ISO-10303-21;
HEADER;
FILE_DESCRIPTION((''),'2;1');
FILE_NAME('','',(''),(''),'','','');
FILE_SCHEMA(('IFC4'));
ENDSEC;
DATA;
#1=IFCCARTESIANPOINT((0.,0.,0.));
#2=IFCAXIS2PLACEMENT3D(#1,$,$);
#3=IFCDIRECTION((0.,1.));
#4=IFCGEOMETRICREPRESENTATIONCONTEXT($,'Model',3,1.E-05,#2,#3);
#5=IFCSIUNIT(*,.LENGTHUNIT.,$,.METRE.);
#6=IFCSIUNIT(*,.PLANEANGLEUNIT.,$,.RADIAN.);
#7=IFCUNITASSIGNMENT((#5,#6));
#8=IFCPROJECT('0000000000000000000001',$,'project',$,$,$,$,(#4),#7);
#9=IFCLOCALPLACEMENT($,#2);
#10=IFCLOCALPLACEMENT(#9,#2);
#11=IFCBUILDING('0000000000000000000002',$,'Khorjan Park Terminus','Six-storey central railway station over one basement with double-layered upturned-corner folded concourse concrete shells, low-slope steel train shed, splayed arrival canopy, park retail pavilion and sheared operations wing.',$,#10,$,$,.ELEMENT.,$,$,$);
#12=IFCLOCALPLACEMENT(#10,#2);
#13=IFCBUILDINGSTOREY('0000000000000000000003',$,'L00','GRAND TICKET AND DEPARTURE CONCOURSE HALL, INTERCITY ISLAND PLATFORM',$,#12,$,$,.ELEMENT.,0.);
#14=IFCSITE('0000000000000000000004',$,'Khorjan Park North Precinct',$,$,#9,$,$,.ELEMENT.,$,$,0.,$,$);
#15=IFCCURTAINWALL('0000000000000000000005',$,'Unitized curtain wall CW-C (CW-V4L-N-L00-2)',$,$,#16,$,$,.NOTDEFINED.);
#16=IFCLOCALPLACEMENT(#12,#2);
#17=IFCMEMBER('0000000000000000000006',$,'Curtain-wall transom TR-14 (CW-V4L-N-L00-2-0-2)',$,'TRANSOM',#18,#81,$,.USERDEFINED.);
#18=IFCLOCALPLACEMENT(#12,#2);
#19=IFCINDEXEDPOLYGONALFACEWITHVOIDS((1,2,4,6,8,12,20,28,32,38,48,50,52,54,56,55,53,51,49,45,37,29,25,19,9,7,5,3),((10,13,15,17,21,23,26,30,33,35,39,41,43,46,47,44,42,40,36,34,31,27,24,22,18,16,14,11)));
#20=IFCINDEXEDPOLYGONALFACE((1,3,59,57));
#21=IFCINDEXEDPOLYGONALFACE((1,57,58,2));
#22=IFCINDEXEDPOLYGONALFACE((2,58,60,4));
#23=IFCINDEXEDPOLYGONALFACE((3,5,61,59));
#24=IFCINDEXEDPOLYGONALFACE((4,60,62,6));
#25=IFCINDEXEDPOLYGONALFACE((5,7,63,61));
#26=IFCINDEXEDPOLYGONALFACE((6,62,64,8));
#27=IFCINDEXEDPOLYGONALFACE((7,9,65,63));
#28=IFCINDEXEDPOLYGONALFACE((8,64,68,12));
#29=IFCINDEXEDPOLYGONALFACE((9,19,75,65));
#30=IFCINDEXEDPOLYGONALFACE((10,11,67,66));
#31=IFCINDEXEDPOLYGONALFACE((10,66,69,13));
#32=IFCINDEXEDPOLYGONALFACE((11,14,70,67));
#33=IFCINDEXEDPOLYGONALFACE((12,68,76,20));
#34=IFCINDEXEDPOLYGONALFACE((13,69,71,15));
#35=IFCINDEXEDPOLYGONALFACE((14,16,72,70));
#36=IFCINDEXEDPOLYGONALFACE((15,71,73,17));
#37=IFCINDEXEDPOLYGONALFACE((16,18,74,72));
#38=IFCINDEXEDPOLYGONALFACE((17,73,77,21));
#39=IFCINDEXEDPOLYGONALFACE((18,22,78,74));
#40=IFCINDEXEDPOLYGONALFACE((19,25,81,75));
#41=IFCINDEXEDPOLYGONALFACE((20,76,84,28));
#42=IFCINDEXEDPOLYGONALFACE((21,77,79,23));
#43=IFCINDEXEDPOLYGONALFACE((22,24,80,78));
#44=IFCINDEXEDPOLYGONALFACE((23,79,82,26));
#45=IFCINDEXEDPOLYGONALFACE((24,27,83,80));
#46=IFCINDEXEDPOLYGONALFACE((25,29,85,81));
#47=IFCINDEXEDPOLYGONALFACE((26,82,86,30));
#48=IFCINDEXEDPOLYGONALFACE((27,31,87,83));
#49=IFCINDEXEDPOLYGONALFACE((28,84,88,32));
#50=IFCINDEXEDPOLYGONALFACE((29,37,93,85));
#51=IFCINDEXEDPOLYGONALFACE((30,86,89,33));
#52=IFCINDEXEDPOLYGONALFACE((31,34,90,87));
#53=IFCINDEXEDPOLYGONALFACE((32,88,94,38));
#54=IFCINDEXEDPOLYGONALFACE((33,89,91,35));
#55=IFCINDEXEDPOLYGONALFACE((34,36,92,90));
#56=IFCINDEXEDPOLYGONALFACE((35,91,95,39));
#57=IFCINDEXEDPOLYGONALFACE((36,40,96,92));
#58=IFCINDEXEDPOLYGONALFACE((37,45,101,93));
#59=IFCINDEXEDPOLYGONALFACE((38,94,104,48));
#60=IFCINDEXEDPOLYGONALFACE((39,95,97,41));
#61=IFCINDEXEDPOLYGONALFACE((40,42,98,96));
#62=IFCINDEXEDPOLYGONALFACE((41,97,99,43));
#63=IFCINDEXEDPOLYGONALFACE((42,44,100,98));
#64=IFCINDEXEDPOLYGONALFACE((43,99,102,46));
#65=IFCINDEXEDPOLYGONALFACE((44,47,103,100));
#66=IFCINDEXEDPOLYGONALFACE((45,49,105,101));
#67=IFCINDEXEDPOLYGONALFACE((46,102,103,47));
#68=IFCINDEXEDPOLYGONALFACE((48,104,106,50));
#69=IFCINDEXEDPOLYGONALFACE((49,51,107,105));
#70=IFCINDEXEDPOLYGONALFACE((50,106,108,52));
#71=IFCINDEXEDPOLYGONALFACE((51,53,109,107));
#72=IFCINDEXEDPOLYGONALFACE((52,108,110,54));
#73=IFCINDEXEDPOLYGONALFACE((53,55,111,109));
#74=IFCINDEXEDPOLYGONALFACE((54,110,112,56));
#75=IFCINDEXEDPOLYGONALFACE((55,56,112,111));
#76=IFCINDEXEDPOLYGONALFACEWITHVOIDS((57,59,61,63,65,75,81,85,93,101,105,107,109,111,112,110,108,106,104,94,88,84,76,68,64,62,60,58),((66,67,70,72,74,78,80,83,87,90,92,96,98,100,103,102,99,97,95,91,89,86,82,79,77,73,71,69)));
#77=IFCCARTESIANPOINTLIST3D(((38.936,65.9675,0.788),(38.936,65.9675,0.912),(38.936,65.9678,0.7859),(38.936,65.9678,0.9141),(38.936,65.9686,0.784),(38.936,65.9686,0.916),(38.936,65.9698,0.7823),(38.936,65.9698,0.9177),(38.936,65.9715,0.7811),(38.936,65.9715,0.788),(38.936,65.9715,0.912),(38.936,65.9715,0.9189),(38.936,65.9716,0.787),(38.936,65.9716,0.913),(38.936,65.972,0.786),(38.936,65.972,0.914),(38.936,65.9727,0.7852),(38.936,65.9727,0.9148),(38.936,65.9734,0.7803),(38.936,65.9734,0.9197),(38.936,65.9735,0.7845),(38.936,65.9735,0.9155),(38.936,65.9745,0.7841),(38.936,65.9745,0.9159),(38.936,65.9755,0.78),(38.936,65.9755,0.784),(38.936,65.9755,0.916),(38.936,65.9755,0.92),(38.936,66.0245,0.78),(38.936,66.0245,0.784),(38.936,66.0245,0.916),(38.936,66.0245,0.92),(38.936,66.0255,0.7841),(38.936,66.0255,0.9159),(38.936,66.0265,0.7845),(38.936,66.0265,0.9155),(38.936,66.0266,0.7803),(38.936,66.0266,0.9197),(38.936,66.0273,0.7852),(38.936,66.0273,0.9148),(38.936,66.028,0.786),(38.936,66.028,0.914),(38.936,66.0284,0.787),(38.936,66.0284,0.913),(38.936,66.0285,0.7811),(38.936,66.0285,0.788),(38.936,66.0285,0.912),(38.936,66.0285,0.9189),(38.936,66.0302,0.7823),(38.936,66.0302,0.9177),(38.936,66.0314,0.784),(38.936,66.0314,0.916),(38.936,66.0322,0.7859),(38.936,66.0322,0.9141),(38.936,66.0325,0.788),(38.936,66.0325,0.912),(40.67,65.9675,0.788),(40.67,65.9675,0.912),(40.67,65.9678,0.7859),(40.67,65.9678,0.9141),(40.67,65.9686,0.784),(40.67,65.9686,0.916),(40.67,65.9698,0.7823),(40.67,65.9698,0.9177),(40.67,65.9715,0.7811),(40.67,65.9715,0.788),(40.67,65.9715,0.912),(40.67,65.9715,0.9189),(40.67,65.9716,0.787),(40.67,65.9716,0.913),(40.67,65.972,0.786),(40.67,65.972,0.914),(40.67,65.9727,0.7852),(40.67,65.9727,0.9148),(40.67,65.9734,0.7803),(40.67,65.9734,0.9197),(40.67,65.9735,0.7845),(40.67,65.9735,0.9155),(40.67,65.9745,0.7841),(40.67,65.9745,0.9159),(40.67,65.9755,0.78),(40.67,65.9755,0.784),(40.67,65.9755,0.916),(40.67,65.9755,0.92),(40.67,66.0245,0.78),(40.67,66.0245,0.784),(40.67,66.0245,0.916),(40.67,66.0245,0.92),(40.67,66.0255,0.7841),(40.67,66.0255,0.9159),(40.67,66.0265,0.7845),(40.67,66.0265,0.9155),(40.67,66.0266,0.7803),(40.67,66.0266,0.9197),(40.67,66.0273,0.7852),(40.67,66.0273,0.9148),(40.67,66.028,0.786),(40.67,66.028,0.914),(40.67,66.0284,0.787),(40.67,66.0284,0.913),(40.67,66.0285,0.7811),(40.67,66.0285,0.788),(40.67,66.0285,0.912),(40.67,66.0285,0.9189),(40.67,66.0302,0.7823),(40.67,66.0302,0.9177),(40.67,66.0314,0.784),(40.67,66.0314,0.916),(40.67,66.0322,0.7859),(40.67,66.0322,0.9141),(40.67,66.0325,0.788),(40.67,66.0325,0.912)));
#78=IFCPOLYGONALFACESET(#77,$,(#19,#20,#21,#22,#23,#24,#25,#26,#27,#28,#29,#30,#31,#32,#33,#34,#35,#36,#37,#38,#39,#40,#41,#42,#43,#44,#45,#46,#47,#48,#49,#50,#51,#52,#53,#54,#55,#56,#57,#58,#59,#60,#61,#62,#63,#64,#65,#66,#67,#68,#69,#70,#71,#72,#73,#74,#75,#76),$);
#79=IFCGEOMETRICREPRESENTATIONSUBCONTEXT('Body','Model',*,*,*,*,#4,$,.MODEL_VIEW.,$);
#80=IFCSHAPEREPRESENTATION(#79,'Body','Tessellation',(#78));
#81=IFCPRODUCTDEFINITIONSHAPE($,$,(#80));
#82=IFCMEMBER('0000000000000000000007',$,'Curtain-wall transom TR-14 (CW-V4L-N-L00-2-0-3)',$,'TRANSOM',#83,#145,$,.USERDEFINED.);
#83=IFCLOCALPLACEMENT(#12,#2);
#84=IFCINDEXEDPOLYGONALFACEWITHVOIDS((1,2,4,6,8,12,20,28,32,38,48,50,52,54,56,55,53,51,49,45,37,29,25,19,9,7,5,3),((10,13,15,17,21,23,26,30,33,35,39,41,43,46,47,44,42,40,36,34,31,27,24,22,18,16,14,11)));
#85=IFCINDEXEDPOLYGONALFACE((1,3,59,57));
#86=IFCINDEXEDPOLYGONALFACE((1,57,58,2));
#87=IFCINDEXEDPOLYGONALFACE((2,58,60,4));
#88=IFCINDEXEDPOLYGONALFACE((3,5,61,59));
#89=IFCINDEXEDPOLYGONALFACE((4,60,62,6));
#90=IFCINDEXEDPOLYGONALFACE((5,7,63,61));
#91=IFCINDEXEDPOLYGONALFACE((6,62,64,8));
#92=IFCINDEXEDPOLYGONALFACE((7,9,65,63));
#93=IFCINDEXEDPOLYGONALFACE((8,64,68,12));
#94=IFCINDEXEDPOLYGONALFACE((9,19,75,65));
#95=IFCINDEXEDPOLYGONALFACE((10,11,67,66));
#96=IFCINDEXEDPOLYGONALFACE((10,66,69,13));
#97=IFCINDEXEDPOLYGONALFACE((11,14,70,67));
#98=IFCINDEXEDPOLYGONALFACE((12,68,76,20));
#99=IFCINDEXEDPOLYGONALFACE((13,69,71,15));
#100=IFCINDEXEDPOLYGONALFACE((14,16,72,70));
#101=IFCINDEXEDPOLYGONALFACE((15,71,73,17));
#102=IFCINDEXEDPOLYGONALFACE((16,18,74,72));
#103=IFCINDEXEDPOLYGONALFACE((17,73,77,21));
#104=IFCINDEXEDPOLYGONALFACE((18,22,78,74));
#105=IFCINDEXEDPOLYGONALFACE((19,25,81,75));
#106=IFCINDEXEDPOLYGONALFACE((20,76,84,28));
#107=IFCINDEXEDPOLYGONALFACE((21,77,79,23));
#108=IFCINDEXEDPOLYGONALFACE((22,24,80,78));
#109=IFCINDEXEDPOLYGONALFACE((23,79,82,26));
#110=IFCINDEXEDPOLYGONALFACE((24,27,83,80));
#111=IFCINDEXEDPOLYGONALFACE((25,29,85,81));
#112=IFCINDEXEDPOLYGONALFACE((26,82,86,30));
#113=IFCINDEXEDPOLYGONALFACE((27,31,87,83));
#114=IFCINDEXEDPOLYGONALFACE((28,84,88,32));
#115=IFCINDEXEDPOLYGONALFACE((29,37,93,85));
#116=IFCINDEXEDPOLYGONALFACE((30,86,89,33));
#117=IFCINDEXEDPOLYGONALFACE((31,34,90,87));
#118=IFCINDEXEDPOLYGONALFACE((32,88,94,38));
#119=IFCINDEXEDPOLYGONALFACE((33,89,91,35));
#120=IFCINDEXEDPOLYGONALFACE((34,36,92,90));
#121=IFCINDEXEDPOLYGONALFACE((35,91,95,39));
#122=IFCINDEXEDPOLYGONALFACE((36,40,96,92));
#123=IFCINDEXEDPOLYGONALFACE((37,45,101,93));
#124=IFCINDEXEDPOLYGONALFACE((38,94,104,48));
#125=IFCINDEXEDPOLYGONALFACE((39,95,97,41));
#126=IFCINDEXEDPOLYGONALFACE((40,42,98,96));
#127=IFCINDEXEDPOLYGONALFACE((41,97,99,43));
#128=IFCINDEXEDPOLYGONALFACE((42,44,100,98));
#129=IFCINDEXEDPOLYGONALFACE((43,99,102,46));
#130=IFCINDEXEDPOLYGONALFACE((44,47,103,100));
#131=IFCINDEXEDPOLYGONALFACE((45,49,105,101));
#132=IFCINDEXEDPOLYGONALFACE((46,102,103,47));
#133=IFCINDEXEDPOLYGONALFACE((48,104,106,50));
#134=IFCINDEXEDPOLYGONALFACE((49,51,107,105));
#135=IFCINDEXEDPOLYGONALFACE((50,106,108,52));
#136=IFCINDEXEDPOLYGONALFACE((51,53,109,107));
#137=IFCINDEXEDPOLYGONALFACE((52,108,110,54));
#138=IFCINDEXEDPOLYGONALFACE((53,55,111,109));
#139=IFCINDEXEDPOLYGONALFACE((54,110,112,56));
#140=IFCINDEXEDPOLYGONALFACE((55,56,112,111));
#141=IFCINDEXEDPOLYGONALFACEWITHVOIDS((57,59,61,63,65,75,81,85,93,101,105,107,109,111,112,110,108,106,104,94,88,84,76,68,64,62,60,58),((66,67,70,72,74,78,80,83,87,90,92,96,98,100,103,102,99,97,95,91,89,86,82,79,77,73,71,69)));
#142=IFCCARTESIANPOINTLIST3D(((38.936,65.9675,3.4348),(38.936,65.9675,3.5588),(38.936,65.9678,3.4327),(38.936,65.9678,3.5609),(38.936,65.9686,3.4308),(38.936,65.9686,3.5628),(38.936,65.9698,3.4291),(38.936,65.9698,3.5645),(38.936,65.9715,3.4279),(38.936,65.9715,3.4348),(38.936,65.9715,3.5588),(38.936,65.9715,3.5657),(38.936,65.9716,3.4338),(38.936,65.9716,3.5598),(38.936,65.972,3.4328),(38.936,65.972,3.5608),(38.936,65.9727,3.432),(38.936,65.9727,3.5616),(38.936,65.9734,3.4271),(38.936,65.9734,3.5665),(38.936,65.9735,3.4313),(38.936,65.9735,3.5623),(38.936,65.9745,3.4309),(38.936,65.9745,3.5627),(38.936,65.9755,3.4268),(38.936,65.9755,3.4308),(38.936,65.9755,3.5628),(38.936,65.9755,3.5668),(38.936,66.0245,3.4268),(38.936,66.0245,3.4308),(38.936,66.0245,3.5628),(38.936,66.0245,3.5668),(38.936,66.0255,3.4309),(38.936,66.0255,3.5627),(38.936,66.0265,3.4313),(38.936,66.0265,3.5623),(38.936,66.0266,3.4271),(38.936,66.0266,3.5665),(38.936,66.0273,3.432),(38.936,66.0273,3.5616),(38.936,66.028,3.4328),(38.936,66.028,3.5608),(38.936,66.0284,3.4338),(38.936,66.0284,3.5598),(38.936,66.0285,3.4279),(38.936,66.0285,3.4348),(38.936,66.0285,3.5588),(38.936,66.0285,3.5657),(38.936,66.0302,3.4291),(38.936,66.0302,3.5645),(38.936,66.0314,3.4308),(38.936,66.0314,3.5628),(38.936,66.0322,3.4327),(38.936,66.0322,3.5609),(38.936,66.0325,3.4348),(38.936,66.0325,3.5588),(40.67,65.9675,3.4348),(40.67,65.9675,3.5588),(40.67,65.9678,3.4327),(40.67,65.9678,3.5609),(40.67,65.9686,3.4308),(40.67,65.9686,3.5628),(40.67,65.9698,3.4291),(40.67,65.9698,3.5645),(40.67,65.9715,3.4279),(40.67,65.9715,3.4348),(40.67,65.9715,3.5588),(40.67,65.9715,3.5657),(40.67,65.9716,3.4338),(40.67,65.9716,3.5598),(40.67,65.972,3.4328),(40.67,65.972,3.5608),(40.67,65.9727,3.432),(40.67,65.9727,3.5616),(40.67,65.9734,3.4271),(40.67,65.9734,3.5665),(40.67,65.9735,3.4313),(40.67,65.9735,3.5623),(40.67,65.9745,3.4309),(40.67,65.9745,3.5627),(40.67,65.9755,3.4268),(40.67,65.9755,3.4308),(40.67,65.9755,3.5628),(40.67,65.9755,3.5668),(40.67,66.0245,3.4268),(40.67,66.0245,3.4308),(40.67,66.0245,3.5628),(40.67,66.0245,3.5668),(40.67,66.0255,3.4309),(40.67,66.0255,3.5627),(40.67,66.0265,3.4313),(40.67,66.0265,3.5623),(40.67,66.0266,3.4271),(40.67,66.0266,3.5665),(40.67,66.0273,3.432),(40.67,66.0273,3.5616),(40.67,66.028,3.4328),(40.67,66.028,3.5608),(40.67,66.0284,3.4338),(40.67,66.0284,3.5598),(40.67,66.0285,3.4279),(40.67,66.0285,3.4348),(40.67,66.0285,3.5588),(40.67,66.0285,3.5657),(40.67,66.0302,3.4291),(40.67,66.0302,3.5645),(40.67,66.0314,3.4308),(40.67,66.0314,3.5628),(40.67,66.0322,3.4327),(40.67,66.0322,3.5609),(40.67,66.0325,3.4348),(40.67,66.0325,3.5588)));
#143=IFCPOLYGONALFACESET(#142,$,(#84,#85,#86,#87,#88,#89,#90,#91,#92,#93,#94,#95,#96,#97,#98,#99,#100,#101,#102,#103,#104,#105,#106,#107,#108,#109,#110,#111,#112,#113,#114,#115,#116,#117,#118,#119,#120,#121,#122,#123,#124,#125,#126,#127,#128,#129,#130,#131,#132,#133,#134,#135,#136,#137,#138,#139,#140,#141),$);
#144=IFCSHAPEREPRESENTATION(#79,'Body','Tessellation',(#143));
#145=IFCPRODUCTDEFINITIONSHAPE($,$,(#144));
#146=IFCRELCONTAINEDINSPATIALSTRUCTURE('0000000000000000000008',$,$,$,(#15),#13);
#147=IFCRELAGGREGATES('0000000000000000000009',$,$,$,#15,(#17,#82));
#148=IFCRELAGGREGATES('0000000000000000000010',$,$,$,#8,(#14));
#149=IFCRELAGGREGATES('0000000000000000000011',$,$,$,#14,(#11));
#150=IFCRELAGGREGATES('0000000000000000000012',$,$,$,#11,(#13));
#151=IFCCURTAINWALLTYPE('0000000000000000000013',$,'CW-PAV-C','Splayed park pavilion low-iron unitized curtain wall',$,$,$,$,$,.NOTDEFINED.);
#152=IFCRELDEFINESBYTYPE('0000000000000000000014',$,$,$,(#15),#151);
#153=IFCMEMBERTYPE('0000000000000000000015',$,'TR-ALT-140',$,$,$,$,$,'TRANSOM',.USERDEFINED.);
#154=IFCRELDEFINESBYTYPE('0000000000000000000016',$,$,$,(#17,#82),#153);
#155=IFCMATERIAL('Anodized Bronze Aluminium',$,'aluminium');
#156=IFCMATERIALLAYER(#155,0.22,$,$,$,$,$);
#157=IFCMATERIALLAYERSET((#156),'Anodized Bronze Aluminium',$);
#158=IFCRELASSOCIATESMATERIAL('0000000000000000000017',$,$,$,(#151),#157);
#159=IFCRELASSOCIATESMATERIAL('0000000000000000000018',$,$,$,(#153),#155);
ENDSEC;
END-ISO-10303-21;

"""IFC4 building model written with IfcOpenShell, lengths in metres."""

from ifc_helpers import new_model, si_unit, direction, frame, origin, origin_2d, place, context, subcontext, project, spatial, hollow_rectangle, extrude, material, layer, layer_set, material_profile, profile_set, type_object, element, aggregate, save


model = new_model("IFC4")

# Units and contexts
model_context = context("Model", 3, precision=1e-05, world=origin(), true_north=direction((0.0, 1.0)))
body_context = subcontext(model_context, "Body", "Model", "MODEL_VIEW")
ifc_project = project(units=[si_unit("LENGTHUNIT", "METRE"), si_unit("PLANEANGLEUNIT", "RADIAN")], contexts=[model_context])

# Site, building, storey
site_placement = place(None, origin())
site = spatial("IfcSite", under=ifc_project, at=site_placement, Name="Khorjan Park North Precinct", CompositionType="ELEMENT", RefElevation=0.0)
building_placement = place(site_placement, origin())
building = spatial("IfcBuilding", under=site, at=building_placement, Name="Khorjan Park Terminus", Description="Six-storey central railway station over one basement with double-layered upturned-corner folded concourse concrete shells, low-slope steel train shed, splayed arrival canopy, park retail pavilion and sheared operations wing.", CompositionType="ELEMENT")
storey_placement = place(building_placement, origin())
storey = spatial("IfcBuildingStorey", under=building, at=storey_placement, Name="L00", Description="GRAND TICKET AND DEPARTURE CONCOURSE HALL, INTERCITY ISLAND PLATFORM", CompositionType="ELEMENT", Elevation=0.0)

# Curtain wall
ifc_material_1 = material(Name="Anodized Bronze Aluminium", Category="aluminium")
ifc_layer_1 = layer(ifc_material_1, 0.22)
ifc_layer_set_1 = layer_set([ifc_layer_1], Name="Anodized Bronze Aluminium")
curtain_wall_type = type_object("IfcCurtainWallType", Name="CW-PAV-C", Description="Splayed park pavilion low-iron unitized curtain wall", PredefinedType="NOTDEFINED", material=ifc_layer_set_1)
curtain_wall_1_placement = place(storey_placement, origin())
curtain_wall_1 = element("IfcCurtainWall", 1, at=curtain_wall_1_placement, inside=storey, type_object=curtain_wall_type, Name="Unitized curtain wall CW-C (CW-V4L-N-L00-2)", PredefinedType="NOTDEFINED")

# Members
ifc_material_profile_1 = material_profile(ifc_material_1, hollow_rectangle(XDim=0.065, YDim=0.14, WallThickness=0.004, InnerFilletRadius=0.004, OuterFilletRadius=0.008, at=origin_2d()), Name="ALT 65x140x4")
ifc_profile_set_1 = profile_set([ifc_material_profile_1], Name="Anodized Bronze Aluminium")
member_type_1 = type_object("IfcMemberType", Name="TR-ALT-140", ElementType="TRANSOM", PredefinedType="USERDEFINED", material=ifc_profile_set_1)
member_1_placement = place(storey_placement, frame((40.67, 66.0, 0.85), z_axis=(-1.0, 0.0, 0.0), x_axis=(0.0, -1.0, 0.0)))
member_1 = element("IfcMember", 2, at=member_1_placement, type_object=member_type_1, Name="Curtain-wall transom TR-14 (CW-V4L-N-L00-2-0-2)", ObjectType="TRANSOM", PredefinedType="USERDEFINED", context=body_context, shape_type="SweptSolid", body=[
    extrude(hollow_rectangle(XDim=0.065, YDim=0.14, WallThickness=0.004, InnerFilletRadius=0.004, OuterFilletRadius=0.008, at=origin_2d()), origin(), (0.0, 0.0, 1.0), 1.734),
])
member_2_placement = place(storey_placement, frame((40.67, 66.0, 3.4968), z_axis=(-1.0, 0.0, 0.0), x_axis=(0.0, -1.0, 0.0)))
member_2 = element("IfcMember", 3, at=member_2_placement, type_object=member_type_1, Name="Curtain-wall transom TR-14 (CW-V4L-N-L00-2-0-3)", ObjectType="TRANSOM", PredefinedType="USERDEFINED", context=body_context, shape_type="SweptSolid", body=[
    extrude(hollow_rectangle(XDim=0.065, YDim=0.14, WallThickness=0.004, InnerFilletRadius=0.004, OuterFilletRadius=0.008, at=origin_2d()), origin(), (0.0, 0.0, 1.0), 1.734),
])

aggregate(curtain_wall_1, [member_1, member_2])

save(model, "model.ifc")
